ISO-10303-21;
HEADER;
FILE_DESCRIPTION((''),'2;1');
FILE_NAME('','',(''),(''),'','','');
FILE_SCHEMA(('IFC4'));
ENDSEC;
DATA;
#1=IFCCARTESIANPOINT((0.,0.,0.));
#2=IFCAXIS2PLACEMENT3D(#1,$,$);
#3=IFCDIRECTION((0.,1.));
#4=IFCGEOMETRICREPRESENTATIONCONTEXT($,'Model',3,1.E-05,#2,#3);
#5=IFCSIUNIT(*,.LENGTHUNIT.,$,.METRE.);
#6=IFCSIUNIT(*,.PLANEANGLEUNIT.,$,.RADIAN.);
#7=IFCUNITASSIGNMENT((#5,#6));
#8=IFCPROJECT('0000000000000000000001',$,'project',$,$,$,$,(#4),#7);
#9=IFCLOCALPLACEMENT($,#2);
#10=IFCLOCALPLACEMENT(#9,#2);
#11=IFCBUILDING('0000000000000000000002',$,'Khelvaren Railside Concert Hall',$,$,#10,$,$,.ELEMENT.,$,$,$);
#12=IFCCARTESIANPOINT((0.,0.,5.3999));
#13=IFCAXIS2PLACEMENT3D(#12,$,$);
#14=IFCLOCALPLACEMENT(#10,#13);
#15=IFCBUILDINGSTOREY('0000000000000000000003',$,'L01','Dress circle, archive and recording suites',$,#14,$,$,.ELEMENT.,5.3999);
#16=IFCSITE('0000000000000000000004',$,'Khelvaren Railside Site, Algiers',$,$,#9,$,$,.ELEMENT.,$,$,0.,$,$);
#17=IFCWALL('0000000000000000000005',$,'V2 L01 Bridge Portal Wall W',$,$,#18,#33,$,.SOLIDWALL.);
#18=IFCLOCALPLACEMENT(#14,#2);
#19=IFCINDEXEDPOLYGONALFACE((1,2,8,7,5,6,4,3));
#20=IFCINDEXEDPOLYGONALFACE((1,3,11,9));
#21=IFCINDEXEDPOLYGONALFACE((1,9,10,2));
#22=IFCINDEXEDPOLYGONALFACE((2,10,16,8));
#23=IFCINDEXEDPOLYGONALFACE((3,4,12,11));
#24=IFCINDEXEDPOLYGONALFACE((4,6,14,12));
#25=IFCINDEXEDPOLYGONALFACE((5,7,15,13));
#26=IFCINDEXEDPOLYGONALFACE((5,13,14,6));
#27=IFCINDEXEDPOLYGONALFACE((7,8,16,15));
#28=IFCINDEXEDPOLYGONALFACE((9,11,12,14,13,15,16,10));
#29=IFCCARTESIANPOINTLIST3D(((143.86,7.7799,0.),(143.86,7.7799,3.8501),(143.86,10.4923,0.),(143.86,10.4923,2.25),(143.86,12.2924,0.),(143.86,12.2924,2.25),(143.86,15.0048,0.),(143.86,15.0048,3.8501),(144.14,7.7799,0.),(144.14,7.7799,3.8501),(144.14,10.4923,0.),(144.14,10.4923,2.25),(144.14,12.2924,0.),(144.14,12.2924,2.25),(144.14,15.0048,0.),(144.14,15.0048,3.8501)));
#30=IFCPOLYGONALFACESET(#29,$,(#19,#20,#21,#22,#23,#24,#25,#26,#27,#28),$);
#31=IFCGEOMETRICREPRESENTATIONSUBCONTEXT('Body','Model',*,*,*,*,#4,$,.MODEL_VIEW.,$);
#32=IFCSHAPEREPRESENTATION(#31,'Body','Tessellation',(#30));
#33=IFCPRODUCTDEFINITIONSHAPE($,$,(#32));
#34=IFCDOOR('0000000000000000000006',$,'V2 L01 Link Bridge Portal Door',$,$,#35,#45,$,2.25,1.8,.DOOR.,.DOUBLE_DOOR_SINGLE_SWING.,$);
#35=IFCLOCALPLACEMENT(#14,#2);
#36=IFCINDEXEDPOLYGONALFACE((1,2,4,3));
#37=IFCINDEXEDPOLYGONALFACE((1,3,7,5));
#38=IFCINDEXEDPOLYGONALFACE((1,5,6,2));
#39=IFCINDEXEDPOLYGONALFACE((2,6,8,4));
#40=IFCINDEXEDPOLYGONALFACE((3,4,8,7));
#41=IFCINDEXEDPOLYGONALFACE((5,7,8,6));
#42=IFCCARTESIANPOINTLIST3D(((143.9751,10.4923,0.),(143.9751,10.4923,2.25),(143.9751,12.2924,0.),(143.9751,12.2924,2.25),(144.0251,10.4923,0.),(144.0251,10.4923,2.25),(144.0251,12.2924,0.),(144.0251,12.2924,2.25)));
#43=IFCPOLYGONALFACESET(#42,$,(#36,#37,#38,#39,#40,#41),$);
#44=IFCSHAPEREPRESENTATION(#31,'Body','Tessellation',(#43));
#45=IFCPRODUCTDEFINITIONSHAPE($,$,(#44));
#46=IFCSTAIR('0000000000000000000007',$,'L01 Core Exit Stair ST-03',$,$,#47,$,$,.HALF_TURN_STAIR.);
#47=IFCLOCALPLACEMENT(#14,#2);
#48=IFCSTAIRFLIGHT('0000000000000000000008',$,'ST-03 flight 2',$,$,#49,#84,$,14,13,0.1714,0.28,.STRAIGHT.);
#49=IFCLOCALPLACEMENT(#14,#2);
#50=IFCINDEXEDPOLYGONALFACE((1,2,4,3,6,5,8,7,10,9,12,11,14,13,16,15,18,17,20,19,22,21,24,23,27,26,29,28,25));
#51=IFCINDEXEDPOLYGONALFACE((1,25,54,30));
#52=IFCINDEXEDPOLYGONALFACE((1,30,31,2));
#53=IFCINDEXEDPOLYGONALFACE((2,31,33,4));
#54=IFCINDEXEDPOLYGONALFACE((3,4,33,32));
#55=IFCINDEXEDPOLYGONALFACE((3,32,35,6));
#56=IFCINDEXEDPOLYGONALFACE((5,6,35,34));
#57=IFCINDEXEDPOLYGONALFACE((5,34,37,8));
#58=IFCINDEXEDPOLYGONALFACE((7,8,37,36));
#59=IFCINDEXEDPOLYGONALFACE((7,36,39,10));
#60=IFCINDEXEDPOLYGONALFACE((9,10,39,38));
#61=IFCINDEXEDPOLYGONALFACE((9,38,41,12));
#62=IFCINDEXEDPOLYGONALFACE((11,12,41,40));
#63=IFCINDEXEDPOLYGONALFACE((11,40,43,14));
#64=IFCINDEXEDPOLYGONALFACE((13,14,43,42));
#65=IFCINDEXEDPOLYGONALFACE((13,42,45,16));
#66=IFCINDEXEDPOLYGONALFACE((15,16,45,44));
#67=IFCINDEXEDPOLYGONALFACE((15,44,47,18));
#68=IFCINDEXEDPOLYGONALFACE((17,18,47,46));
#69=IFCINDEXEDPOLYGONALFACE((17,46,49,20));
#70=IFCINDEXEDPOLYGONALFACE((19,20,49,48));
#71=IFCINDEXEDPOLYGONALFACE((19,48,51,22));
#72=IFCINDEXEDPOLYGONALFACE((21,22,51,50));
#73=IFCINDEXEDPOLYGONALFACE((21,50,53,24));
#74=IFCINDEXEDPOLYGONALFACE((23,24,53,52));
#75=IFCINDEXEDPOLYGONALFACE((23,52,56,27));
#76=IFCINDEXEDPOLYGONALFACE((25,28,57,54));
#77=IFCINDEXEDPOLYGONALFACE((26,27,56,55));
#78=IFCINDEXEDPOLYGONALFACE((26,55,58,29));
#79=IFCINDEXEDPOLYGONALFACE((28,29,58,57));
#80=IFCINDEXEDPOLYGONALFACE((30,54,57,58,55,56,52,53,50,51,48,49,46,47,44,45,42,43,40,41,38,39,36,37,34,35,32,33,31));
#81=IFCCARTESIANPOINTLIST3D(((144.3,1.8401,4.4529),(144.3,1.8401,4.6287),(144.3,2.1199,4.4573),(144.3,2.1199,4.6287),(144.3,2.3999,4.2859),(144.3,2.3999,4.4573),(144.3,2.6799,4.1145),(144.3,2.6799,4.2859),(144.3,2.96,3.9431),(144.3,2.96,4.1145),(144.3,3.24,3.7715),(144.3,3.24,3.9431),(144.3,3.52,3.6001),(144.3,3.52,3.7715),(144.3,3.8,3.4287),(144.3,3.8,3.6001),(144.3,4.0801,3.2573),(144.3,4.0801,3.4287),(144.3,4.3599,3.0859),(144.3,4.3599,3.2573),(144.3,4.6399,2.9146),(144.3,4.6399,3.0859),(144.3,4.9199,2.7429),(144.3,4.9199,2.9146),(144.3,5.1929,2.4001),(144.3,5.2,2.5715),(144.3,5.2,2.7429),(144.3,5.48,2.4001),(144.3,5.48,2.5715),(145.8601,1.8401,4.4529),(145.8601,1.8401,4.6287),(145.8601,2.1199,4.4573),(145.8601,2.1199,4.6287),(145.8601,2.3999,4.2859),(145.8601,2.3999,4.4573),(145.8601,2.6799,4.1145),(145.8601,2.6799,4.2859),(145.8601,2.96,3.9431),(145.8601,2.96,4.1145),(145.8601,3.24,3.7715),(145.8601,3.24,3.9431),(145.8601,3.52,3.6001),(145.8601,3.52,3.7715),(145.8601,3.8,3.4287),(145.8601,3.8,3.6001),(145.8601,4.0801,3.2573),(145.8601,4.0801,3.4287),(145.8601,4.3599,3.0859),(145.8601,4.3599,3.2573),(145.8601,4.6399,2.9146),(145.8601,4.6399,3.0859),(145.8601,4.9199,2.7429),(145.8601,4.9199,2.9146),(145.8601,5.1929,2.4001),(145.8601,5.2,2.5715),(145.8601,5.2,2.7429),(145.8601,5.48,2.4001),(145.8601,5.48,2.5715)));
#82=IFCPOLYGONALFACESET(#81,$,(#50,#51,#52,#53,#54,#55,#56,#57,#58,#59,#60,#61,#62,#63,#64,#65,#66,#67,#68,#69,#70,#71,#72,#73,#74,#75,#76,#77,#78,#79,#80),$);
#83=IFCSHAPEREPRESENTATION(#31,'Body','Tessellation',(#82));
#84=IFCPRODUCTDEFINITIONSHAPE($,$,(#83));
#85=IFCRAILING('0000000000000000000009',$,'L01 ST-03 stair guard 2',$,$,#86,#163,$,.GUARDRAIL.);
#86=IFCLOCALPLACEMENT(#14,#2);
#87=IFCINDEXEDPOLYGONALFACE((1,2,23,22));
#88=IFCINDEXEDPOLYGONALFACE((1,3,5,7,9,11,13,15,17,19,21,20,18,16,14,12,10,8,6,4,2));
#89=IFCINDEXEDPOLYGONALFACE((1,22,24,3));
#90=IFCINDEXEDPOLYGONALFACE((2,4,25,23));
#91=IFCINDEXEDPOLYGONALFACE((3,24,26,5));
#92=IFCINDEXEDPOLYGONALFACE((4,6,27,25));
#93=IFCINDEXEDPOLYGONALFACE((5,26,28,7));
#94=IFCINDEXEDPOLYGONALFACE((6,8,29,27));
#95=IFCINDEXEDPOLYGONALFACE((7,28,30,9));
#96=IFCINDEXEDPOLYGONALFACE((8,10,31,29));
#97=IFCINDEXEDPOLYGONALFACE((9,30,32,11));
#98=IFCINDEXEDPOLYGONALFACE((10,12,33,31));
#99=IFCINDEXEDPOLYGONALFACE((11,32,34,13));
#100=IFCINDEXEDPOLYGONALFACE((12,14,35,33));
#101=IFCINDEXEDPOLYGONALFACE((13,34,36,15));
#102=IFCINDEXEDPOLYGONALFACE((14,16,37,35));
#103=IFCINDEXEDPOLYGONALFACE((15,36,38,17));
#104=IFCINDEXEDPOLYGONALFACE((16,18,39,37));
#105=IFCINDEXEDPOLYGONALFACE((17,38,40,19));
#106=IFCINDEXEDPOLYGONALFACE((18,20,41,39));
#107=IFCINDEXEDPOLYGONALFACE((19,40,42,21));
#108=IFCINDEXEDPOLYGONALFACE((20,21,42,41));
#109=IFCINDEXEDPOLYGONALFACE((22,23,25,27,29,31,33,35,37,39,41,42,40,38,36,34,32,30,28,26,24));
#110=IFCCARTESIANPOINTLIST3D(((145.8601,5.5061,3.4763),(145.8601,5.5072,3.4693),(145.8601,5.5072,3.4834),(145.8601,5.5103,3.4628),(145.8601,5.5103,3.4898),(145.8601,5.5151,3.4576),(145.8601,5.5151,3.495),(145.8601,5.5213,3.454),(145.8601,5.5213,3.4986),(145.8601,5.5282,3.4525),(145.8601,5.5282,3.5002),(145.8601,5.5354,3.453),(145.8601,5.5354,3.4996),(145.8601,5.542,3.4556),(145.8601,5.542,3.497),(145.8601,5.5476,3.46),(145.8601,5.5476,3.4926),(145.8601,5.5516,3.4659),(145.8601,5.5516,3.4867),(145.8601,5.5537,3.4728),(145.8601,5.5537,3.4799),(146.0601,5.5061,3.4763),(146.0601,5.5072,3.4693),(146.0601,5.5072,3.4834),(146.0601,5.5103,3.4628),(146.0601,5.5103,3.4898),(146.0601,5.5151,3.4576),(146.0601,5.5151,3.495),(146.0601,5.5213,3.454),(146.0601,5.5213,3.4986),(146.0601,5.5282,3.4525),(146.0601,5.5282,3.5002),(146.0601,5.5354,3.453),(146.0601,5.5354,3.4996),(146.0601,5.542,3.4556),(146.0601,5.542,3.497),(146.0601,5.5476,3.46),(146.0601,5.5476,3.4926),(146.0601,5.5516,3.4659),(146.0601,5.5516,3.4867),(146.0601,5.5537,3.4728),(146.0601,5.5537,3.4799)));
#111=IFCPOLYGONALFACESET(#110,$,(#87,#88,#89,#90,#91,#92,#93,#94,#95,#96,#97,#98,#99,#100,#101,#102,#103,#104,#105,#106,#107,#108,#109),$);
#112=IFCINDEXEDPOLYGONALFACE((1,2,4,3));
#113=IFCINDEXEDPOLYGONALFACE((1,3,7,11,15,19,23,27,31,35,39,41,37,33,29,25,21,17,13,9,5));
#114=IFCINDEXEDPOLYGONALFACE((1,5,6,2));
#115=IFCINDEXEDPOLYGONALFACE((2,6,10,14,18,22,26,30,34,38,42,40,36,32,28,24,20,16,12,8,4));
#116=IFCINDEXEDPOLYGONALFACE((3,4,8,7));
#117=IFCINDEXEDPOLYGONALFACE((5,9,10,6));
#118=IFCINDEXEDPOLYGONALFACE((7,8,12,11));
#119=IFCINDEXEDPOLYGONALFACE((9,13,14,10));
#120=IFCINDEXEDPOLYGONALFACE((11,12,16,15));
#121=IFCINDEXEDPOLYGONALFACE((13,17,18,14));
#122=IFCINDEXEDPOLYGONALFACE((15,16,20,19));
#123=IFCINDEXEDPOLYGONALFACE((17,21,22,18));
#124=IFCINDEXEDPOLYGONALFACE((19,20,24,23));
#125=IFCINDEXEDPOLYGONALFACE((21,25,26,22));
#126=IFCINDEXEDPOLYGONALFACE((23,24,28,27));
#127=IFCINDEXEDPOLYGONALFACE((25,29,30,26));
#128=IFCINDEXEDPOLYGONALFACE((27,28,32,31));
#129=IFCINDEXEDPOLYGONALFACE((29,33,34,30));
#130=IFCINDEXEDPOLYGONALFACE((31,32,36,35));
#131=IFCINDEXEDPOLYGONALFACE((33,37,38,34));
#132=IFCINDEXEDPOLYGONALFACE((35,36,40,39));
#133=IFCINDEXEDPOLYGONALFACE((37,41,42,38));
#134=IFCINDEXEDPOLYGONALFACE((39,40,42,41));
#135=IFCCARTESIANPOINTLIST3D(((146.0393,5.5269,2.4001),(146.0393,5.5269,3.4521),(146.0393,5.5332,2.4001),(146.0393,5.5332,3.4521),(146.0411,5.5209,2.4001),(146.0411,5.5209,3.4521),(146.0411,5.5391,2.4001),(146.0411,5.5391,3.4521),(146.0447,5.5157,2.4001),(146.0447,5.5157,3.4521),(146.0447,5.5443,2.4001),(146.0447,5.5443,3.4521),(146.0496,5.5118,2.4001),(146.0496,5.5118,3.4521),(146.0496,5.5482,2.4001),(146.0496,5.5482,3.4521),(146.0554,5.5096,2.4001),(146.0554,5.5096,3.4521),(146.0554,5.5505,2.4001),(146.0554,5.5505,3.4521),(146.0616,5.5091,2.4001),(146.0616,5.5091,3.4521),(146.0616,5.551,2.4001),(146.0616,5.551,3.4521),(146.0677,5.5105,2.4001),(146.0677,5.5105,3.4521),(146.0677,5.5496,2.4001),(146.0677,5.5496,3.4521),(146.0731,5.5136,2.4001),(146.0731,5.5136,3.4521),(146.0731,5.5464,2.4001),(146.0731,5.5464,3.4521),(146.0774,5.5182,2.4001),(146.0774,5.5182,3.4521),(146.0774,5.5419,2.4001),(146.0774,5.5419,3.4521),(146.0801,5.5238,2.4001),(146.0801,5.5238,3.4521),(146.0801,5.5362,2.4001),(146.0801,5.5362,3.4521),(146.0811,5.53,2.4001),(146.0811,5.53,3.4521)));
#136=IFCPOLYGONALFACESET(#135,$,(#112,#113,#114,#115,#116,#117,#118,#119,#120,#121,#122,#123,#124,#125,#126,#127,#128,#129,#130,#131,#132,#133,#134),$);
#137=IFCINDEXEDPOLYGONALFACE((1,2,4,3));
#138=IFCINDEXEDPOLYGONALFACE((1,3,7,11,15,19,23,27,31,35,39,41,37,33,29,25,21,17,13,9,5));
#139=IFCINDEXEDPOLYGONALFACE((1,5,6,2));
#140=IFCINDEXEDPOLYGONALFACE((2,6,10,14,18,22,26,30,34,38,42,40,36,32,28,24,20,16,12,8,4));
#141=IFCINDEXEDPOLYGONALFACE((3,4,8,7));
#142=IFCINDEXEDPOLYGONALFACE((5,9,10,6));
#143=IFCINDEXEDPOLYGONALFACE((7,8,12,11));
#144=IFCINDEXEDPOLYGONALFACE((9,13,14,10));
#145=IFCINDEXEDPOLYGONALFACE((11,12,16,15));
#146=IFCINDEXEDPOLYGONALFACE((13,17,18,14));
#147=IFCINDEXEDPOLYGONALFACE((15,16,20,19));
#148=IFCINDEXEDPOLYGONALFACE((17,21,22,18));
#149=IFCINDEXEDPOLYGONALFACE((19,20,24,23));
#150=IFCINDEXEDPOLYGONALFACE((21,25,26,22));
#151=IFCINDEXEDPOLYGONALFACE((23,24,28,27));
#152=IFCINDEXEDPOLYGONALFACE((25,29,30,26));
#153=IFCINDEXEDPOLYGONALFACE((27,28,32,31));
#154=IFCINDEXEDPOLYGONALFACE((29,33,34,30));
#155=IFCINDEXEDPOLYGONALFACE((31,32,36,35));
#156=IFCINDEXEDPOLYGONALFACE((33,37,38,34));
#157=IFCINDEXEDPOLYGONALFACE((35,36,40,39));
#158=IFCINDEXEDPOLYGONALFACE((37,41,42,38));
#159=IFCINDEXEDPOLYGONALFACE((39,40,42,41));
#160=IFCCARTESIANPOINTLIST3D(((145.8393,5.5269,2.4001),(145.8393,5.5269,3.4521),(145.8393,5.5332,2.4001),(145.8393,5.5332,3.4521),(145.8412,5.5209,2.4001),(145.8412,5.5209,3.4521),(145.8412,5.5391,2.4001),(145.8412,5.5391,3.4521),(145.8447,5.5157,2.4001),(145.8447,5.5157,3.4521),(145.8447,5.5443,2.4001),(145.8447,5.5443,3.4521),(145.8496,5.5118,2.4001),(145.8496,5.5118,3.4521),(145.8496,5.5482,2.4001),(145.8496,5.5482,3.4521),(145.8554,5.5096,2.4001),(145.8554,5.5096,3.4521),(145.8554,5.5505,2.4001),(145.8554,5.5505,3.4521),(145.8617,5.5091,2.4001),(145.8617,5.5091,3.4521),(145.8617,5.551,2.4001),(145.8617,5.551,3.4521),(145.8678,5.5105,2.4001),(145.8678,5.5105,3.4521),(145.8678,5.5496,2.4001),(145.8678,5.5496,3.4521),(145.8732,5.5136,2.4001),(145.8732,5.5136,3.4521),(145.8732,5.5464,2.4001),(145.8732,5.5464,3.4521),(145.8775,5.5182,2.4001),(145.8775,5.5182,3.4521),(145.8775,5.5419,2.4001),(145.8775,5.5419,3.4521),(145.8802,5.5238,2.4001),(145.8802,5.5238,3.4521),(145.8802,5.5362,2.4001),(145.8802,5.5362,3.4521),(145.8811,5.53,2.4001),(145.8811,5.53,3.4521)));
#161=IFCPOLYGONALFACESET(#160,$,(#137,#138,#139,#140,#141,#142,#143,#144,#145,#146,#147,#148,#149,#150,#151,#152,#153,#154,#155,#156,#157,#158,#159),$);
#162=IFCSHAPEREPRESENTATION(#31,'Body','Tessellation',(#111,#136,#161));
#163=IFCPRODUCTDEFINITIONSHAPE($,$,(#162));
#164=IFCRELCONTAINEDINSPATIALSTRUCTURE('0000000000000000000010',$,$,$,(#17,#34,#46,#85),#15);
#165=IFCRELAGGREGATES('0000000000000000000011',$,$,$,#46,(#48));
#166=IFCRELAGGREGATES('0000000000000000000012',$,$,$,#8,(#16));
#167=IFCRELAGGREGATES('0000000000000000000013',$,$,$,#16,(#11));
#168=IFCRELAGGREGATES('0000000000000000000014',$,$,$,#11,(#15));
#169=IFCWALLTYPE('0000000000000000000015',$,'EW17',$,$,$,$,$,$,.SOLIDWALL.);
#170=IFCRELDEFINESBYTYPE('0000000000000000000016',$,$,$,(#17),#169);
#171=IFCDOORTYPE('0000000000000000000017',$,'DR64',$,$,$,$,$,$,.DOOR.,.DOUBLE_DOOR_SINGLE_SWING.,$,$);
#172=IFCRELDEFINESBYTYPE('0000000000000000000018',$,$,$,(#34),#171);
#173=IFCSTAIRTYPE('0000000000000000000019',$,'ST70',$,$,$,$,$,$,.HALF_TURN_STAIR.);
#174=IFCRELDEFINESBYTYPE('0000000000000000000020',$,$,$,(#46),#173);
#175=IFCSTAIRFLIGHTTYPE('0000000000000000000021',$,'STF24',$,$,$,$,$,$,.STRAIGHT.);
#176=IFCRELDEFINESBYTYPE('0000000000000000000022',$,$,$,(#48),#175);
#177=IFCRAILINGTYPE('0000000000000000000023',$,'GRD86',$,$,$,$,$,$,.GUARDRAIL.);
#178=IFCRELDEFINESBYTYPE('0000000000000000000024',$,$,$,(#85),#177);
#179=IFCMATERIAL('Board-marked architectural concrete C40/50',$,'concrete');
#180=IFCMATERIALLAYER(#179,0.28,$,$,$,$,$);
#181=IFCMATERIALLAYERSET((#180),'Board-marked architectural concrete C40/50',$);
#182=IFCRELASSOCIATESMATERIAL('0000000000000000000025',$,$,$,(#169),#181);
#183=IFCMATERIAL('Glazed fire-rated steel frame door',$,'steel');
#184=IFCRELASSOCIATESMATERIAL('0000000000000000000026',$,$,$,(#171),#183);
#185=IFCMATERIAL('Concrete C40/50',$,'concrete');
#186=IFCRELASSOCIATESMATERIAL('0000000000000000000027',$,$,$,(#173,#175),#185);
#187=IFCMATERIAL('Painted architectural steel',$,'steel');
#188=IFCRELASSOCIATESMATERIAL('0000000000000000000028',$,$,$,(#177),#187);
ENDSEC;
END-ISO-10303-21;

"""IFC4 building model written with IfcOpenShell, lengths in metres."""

from ifc_helpers import new_model, si_unit, direction, frame, frame_2d, origin, origin_2d, place, context, subcontext, project, spatial, polyline, rectangle, circle, outline, extrude, material, layer, layer_set, type_object, element, fill, aggregate, save


model = new_model("IFC4")

# Units and contexts
model_context = context("Model", 3, precision=1e-05, world=origin(), true_north=direction((0.0, 1.0)))
body_context = subcontext(model_context, "Body", "Model", "MODEL_VIEW")
ifc_project = project(units=[si_unit("LENGTHUNIT", "METRE"), si_unit("PLANEANGLEUNIT", "RADIAN")], contexts=[model_context])

# Site, building, storey
site_placement = place(None, origin())
site = spatial("IfcSite", under=ifc_project, at=site_placement, Name="Khelvaren Railside Site, Algiers", CompositionType="ELEMENT", RefElevation=0.0)
building_placement = place(site_placement, origin())
building = spatial("IfcBuilding", under=site, at=building_placement, Name="Khelvaren Railside Concert Hall", CompositionType="ELEMENT")
storey_placement = place(building_placement, frame((0.0, 0.0, 5.3999)))
storey = spatial("IfcBuildingStorey", under=building, at=storey_placement, Name="L01", Description="Dress circle, archive and recording suites", CompositionType="ELEMENT", Elevation=5.3999)

# Shared definitions
ifc_material_1 = material(Name="Concrete C40/50", Category="concrete")

# Wall, opening, door
ifc_material_2 = material(Name="Board-marked architectural concrete C40/50", Category="concrete")
ifc_layer_1 = layer(ifc_material_2, 0.28)
ifc_layer_set_1 = layer_set([ifc_layer_1], Name="Board-marked architectural concrete C40/50")
wall_type_1 = type_object("IfcWallType", Name="EW17", PredefinedType="SOLIDWALL", material=ifc_layer_set_1)
wall_1_placement = place(storey_placement, frame((144.0, 7.78, 0.0), z_axis=(0.0, 0.0, 1.0), x_axis=(0.0, 1.0, 0.0)))
wall_1 = element("IfcWall", 1, at=wall_1_placement, inside=storey, type_object=wall_type_1, Name="V2 L01 Bridge Portal Wall W", PredefinedType="SOLIDWALL", context=body_context, shape_type="SweptSolid", body=[
    extrude(rectangle(XDim=7.2249, YDim=0.28, at=frame_2d((3.6123, 0.0))), origin(), (0.0, 0.0, 1.0), 3.8501),
])
opening_placement = place(wall_1_placement, frame((2.7124, 0.0, 0.0)))
opening = element("IfcOpeningElement", 2, at=opening_placement, cuts=wall_1, PredefinedType="OPENING", context=body_context, shape_type="SweptSolid", body=[
    extrude(rectangle(XDim=1.8, YDim=2.25, at=frame_2d((0.8999, 1.125))), frame((0.0, 0.1499, 0.0), z_axis=(0.0, -1.0, 0.0), x_axis=(1.0, 0.0, 0.0)), (0.0, 0.0, 1.0), 0.3),
])
ifc_material_3 = material(Name="Glazed fire-rated steel frame door", Category="steel")
door_type = type_object("IfcDoorType", Name="DR64", OperationType="DOUBLE_DOOR_SINGLE_SWING", PredefinedType="DOOR", material=ifc_material_3)
door_placement = place(opening_placement, origin())
door = element("IfcDoor", 3, at=door_placement, inside=storey, type_object=door_type, Name="V2 L01 Link Bridge Portal Door", OperationType="DOUBLE_DOOR_SINGLE_SWING", OverallHeight=2.25, OverallWidth=1.8, PredefinedType="DOOR", context=body_context, shape_type="SweptSolid", body=[
    extrude(rectangle(XDim=1.8, YDim=2.25, at=frame_2d((0.8999, 1.125))), frame((0.0, 0.0249, 0.0), z_axis=(0.0, -1.0, 0.0), x_axis=(1.0, 0.0, 0.0)), (0.0, 0.0, 1.0), 0.05),
])
fill(opening, door)

# Stair, stair flight
stair_type = type_object("IfcStairType", Name="ST70", PredefinedType="HALF_TURN_STAIR", material=ifc_material_1)
stair_placement = place(storey_placement, origin())
stair = element("IfcStair", 4, at=stair_placement, inside=storey, type_object=stair_type, Name="L01 Core Exit Stair ST-03", PredefinedType="HALF_TURN_STAIR")
stair_flight_type = type_object("IfcStairFlightType", Name="STF24", PredefinedType="STRAIGHT", material=ifc_material_1)
stair_flight_placement = place(storey_placement, frame((145.0801, 5.48, 2.4001), z_axis=(0.0, 0.0, 1.0), x_axis=(0.0, -1.0, 0.0)))
stair_flight = element("IfcStairFlight", 5, at=stair_flight_placement, type_object=stair_flight_type, Name="ST-03 flight 2", NumberOfRisers=14, NumberOfTreads=13, PredefinedType="STRAIGHT", RiserHeight=0.1714, TreadLength=0.28, context=body_context, shape_type="SweptSolid", body=[
    extrude(outline(polyline([(0.0, 0.0), (0.0, 0.1714), (0.28, 0.1714), (0.28, 0.3428), (0.5601, 0.3428), (0.5601, 0.5144), (0.8401, 0.5144), (0.8401, 0.6858), (1.1201, 0.6858), (1.1201, 0.8572), (1.3999, 0.8572), (1.3999, 1.0286), (1.6799, 1.0286), (1.6799, 1.2), (1.96, 1.2), (1.96, 1.3713), (2.24, 1.3713), (2.24, 1.543), (2.52, 1.543), (2.52, 1.7144), (2.8, 1.7144), (2.8, 1.8857), (3.0801, 1.8857), (3.0801, 2.0571), (3.3601, 2.0571), (3.3601, 2.2285), (3.6399, 2.2285), (3.6399, 2.3999), (3.6399, 2.0527), (0.2871, 0.0), (0.0, 0.0)])), frame((0.0, 0.78, 0.0), z_axis=(0.0, -1.0, 0.0), x_axis=(1.0, 0.0, 0.0)), (0.0, 0.0, 1.0), 1.5601),
])
aggregate(stair, [stair_flight])

# Railing
ifc_material_4 = material(Name="Painted architectural steel", Category="steel")
railing_type_1 = type_object("IfcRailingType", Name="GRD86", PredefinedType="GUARDRAIL", material=ifc_material_4)
railing_1_placement = place(storey_placement, frame((146.0601, 5.53, 2.4001)))
element("IfcRailing", 6, at=railing_1_placement, inside=storey, type_object=railing_type_1, Name="L01 ST-03 stair guard 2", PredefinedType="GUARDRAIL", context=body_context, shape_type="SweptSolid", body=[
    extrude(circle(Radius=0.0239, at=origin_2d()), frame((0.0, 0.0, 1.0762), z_axis=(-1.0, 0.0, 0.0), x_axis=(0.0, -1.0, 0.0)), (0.0, 0.0, 1.0), 0.2),
    extrude(circle(Radius=0.021, at=origin_2d()), origin(), (0.0, 0.0, 1.0), 1.052),
    extrude(circle(Radius=0.021, at=origin_2d()), frame((-0.2, 0.0, 0.0)), (0.0, 0.0, 1.0), 1.052),
])

save(model, "model.ifc")
